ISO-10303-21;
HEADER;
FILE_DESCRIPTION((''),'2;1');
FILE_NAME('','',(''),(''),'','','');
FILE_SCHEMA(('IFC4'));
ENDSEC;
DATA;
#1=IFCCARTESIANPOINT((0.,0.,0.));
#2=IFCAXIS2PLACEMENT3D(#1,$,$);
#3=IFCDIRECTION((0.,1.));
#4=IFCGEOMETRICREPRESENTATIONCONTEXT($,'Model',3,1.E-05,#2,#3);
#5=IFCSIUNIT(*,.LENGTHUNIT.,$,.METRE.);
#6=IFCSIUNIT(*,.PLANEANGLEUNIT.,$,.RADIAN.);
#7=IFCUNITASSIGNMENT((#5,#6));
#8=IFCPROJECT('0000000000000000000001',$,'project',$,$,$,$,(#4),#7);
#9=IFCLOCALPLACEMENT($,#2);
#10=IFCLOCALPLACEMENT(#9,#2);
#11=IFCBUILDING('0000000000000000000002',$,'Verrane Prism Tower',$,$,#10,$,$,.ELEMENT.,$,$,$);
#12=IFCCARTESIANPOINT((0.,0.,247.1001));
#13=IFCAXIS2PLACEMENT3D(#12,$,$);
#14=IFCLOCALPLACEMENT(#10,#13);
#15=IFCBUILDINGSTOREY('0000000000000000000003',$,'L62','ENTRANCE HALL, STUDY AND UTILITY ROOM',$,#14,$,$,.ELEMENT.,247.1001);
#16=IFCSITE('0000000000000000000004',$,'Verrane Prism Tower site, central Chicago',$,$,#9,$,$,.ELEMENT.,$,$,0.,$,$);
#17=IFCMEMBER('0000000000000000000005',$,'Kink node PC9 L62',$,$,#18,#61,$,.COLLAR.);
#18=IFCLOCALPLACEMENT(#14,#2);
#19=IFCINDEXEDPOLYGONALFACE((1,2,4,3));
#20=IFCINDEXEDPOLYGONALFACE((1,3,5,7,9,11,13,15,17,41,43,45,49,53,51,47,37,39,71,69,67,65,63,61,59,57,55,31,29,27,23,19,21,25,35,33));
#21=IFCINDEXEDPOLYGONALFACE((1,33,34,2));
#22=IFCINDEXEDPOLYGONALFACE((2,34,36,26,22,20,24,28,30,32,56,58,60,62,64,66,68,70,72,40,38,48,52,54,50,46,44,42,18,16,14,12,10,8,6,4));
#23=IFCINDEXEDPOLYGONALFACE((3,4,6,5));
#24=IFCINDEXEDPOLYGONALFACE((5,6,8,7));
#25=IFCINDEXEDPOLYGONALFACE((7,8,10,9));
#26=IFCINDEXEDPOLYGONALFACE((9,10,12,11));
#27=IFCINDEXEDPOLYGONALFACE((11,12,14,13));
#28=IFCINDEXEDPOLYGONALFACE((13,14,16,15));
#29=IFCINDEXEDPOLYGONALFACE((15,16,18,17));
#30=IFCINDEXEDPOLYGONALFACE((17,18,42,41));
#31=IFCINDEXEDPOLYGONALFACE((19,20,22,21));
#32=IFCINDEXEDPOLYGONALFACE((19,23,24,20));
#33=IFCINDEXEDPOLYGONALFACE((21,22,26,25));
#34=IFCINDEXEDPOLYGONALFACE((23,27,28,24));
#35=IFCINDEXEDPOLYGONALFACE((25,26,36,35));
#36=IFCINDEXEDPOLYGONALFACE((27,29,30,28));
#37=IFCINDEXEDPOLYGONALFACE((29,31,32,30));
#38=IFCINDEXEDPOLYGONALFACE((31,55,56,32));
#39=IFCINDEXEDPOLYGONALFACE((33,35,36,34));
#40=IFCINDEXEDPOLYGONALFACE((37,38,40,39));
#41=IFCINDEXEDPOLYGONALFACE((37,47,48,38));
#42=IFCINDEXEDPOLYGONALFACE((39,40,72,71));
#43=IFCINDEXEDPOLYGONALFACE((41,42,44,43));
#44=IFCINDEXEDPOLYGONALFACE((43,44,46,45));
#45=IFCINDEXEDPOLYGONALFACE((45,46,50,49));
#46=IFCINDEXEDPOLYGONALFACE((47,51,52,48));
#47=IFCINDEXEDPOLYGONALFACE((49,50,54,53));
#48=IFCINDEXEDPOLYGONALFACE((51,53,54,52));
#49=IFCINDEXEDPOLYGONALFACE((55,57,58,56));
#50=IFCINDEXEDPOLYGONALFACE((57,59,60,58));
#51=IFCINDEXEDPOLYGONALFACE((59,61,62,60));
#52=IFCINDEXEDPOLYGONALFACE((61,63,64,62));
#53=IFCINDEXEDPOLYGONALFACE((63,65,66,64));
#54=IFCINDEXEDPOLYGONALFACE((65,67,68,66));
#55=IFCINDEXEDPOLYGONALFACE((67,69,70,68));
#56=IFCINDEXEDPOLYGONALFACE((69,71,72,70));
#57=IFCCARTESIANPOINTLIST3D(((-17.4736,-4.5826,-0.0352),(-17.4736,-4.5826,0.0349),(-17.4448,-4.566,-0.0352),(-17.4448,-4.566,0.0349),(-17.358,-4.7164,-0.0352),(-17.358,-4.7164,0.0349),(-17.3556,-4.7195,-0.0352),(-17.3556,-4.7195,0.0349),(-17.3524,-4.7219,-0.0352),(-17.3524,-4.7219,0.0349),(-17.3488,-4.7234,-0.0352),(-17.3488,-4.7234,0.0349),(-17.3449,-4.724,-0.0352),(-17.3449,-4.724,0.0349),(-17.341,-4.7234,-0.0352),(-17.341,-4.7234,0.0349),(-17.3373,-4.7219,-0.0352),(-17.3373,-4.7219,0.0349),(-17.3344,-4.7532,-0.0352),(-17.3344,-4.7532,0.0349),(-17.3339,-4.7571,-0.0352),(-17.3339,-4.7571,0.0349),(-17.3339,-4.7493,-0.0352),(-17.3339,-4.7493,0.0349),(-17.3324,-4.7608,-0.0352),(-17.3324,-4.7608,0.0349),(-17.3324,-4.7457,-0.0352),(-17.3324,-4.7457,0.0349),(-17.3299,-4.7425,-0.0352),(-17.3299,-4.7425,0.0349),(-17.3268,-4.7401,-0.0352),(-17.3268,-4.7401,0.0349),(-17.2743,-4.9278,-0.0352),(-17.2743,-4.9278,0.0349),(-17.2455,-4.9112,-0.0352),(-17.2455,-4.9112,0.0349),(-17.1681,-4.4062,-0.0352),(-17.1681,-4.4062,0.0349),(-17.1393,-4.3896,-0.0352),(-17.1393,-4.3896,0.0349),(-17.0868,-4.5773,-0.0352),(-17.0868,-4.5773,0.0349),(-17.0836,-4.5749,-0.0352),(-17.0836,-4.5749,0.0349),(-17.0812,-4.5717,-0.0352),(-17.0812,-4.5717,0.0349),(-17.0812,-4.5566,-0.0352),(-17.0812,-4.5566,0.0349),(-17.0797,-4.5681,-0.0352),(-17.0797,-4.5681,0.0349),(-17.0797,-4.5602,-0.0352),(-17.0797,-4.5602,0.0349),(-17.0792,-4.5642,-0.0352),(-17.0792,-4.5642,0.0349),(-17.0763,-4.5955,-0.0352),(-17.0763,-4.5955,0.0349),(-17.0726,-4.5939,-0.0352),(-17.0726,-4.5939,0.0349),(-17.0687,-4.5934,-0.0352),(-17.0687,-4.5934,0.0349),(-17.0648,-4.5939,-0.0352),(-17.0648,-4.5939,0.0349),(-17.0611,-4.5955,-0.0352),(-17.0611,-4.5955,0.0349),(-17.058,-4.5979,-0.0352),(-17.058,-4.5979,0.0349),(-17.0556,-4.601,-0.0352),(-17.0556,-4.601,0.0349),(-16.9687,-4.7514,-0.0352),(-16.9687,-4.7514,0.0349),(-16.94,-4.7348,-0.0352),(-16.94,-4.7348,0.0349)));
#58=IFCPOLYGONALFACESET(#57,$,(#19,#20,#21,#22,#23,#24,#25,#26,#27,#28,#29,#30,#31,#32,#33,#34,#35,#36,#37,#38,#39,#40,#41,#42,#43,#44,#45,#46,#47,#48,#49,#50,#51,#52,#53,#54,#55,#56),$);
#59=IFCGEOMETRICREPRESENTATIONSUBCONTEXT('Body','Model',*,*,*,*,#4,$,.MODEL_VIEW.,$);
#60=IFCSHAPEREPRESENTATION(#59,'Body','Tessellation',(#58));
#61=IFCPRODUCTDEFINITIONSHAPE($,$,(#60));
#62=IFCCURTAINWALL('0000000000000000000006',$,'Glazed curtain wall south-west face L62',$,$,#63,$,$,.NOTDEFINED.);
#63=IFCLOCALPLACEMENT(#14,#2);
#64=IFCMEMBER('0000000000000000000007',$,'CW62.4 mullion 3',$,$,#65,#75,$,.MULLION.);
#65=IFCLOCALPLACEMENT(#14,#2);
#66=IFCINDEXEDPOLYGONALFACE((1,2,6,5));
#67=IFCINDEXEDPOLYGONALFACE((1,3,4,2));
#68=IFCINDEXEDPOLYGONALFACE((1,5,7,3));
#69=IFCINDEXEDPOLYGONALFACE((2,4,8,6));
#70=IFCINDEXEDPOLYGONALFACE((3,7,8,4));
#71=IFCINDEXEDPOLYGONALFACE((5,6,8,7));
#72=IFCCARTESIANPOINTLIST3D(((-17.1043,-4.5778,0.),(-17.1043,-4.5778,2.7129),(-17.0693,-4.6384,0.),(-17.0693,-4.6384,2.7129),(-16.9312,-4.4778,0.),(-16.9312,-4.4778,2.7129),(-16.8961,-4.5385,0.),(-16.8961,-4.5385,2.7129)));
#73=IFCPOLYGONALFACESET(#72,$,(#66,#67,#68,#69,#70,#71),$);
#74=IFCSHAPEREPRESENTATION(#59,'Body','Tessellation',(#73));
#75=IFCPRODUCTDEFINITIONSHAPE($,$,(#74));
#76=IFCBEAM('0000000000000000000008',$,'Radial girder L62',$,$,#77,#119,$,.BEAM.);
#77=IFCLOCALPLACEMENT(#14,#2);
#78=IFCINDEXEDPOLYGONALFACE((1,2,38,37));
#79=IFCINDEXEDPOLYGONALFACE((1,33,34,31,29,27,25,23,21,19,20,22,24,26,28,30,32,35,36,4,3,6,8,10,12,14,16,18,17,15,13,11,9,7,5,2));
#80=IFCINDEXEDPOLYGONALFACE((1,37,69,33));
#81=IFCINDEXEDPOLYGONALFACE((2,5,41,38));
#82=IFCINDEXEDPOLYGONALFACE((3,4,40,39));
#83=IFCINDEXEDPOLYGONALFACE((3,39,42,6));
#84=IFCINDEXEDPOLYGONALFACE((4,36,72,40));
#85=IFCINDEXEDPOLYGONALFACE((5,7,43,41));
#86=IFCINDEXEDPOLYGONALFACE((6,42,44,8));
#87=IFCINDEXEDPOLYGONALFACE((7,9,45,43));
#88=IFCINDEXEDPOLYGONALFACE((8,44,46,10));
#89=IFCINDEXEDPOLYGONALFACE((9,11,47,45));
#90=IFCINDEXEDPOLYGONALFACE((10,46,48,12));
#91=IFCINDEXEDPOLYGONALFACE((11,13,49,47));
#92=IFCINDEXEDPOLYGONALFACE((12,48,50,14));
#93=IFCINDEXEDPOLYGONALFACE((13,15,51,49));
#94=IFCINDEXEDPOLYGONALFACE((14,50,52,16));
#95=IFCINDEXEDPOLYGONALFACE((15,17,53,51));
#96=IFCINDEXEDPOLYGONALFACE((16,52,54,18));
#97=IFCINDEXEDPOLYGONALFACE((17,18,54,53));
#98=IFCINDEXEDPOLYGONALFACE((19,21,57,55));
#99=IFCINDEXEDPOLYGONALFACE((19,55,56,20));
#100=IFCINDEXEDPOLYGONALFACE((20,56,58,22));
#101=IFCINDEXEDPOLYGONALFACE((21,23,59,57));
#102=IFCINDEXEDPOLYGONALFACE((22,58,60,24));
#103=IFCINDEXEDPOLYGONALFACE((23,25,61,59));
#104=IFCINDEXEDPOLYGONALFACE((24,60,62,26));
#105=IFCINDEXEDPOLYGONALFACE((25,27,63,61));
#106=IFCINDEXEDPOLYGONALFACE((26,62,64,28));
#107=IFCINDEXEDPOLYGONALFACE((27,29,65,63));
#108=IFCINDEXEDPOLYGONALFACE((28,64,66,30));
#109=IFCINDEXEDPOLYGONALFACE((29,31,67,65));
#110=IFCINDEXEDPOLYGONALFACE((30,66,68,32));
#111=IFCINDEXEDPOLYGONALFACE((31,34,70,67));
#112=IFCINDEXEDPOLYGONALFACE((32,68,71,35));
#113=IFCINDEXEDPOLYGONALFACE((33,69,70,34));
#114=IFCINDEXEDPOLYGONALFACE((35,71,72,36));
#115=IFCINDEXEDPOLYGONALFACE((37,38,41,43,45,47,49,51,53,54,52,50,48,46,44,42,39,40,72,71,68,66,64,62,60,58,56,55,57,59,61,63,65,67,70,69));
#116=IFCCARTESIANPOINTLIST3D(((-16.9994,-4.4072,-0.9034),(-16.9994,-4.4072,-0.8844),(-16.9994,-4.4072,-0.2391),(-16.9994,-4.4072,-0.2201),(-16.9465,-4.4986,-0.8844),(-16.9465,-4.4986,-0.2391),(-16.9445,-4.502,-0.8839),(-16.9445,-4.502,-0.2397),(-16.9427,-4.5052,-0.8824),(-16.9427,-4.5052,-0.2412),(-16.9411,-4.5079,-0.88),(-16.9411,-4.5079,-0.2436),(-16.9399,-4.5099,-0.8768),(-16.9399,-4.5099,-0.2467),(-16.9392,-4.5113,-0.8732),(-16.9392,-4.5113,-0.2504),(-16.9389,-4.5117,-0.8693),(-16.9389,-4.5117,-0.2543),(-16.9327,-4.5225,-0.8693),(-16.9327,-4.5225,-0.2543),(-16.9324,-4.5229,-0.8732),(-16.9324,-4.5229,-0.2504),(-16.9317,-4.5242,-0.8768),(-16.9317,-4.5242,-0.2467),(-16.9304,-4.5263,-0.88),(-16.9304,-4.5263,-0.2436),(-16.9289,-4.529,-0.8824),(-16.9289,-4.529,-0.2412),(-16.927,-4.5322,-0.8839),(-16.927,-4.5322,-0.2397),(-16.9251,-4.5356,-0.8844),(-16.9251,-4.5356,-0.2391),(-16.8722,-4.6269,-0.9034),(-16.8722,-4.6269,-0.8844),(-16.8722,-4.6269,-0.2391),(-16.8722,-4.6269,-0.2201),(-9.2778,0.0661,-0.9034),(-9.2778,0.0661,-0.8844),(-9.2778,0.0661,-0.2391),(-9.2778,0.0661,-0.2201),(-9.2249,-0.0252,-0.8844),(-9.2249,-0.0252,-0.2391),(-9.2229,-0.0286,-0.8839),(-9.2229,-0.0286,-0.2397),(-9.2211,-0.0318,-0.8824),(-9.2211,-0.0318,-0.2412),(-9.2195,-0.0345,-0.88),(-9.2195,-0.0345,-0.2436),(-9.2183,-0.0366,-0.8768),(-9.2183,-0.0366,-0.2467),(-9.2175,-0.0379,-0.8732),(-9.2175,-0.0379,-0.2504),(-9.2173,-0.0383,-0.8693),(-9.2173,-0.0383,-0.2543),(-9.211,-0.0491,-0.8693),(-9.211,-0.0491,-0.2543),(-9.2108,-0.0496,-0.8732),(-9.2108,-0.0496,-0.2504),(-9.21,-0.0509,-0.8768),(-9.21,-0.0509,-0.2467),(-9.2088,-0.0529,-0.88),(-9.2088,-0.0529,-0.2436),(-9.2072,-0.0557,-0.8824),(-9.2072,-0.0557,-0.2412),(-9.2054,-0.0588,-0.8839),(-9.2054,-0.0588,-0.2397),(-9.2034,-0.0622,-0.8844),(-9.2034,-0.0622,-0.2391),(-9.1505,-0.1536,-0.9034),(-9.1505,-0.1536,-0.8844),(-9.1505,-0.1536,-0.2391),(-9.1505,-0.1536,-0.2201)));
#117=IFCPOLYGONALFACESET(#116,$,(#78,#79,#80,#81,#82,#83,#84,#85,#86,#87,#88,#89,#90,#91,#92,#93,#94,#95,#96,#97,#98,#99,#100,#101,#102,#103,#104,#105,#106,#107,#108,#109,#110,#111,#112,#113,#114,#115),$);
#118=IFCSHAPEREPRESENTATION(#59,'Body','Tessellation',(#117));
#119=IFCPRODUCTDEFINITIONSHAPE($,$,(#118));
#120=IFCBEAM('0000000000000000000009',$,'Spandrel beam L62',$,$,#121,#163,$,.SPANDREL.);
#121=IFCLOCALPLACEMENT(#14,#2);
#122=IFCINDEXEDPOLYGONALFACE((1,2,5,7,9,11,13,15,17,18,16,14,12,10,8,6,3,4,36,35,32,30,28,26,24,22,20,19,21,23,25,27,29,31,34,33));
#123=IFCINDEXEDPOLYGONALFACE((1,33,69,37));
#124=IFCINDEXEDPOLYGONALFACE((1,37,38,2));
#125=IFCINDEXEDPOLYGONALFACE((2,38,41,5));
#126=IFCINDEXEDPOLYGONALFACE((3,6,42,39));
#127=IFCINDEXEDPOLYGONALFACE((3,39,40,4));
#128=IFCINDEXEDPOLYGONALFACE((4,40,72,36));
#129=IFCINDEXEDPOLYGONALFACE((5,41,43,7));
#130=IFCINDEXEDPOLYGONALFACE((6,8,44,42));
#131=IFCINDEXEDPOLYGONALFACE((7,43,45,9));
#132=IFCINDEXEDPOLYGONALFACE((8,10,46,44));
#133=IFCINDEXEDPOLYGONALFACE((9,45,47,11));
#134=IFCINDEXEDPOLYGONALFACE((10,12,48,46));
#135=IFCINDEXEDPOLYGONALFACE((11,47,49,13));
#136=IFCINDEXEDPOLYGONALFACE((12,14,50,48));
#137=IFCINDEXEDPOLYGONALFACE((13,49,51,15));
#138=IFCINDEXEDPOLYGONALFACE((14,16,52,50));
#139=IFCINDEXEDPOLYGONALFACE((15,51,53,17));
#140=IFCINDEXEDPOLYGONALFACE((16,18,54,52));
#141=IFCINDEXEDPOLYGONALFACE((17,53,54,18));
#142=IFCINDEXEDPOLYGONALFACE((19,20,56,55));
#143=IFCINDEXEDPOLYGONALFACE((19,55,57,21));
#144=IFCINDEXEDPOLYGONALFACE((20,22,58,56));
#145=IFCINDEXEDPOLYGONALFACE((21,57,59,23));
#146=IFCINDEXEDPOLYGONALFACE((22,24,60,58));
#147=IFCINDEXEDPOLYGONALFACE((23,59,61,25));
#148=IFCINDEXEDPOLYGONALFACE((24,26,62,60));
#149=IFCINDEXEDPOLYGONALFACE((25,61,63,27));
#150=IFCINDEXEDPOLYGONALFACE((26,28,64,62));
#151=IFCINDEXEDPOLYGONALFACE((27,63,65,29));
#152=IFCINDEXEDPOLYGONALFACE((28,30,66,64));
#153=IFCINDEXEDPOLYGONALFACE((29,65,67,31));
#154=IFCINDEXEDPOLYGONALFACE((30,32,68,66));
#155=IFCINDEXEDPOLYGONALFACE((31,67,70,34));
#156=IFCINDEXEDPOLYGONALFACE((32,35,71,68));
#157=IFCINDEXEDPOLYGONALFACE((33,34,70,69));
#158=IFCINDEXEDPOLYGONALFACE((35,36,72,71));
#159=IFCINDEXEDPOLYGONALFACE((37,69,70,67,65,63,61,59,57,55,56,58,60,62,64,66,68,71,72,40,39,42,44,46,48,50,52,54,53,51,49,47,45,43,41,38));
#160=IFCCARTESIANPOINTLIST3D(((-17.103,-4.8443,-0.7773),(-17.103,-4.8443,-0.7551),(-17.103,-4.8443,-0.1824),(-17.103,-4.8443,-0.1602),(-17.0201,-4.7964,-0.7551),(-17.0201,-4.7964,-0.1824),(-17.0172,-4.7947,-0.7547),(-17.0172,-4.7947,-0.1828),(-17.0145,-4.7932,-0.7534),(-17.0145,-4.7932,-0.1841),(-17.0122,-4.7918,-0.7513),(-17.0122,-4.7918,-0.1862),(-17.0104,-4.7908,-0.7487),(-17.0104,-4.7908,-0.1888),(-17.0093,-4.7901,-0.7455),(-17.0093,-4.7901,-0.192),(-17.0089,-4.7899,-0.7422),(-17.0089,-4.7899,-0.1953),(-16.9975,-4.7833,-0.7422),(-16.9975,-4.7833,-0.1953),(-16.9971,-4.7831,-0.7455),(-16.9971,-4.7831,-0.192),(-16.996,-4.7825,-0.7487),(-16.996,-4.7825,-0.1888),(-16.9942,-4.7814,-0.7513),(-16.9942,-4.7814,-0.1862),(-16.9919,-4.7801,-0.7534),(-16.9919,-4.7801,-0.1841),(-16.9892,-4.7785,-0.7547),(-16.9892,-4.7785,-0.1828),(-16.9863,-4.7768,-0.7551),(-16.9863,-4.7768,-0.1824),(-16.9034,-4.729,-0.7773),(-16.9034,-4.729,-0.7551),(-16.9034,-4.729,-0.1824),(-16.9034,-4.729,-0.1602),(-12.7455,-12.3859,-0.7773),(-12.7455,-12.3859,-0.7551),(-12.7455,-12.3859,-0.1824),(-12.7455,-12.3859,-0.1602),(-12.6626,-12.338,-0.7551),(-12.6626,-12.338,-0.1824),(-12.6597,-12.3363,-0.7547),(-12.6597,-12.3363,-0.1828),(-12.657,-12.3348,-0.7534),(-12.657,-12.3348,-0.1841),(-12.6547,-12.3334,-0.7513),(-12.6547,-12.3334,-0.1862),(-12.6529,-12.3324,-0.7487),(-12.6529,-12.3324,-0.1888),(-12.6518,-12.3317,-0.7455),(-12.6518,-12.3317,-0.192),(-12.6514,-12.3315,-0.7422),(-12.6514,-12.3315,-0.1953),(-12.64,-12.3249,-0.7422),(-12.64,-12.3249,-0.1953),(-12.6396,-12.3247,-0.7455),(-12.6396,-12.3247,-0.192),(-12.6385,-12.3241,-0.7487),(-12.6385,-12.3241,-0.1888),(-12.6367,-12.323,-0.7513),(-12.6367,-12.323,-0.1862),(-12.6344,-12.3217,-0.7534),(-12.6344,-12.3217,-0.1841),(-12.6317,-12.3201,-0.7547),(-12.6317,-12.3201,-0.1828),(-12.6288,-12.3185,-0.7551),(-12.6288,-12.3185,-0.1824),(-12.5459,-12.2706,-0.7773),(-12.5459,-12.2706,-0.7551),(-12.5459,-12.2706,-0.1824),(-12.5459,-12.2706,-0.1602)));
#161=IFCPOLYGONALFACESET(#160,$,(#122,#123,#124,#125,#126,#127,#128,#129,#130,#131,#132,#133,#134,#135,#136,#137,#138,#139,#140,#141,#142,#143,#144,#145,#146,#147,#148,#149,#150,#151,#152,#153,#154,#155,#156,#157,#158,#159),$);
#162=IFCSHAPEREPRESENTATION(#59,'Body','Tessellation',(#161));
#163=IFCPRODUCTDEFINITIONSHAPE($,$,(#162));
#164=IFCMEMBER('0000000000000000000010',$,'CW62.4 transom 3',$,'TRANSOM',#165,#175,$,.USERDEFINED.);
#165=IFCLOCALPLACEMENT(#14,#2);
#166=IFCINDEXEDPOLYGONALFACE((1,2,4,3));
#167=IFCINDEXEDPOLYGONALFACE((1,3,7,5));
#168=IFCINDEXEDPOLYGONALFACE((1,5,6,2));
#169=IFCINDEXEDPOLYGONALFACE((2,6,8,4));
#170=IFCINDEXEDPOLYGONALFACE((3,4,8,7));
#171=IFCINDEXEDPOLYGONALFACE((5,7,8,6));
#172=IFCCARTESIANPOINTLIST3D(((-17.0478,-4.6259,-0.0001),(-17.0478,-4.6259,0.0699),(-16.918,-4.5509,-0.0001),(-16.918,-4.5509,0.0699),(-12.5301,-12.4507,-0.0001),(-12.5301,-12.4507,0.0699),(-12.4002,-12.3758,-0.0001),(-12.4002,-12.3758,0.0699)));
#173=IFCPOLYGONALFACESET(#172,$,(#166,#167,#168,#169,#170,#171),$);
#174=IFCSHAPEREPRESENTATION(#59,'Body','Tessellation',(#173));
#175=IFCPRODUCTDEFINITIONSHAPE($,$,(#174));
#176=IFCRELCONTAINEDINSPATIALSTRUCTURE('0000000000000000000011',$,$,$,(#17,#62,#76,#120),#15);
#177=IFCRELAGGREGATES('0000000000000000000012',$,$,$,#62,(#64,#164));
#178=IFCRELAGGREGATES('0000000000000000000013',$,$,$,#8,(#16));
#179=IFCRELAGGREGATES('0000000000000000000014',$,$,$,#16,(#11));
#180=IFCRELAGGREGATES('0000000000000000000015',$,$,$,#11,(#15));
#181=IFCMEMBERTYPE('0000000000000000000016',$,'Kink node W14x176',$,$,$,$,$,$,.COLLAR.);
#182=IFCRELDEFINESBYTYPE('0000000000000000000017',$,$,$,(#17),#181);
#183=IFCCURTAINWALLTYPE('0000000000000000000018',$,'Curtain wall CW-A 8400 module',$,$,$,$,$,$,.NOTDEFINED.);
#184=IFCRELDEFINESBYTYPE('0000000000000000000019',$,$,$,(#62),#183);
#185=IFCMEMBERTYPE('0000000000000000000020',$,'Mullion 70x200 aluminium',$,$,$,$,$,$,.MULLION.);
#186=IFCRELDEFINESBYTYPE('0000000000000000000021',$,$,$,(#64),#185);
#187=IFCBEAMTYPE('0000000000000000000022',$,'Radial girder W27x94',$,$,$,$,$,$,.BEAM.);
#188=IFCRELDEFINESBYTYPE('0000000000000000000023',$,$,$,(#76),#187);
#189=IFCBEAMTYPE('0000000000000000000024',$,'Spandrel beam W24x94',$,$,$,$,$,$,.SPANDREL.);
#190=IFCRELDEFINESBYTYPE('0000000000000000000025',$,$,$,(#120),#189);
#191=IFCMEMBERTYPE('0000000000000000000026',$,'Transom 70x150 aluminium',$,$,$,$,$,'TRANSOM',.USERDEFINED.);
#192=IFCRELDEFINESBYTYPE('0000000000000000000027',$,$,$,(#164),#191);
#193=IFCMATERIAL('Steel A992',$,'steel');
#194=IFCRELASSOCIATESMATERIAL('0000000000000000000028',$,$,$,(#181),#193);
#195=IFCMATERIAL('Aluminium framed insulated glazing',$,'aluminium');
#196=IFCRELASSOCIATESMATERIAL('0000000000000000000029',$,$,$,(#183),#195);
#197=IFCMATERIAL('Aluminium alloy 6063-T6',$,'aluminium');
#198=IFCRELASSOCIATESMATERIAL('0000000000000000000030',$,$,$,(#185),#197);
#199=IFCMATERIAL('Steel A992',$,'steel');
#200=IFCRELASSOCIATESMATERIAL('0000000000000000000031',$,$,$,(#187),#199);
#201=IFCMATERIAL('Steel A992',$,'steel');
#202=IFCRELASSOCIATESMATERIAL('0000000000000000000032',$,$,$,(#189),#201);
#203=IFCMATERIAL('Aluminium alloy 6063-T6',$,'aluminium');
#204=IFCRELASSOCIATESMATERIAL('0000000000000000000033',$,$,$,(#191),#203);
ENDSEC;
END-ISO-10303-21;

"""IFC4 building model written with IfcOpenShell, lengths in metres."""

from ifc_helpers import new_model, si_unit, direction, frame, origin, origin_2d, place, context, subcontext, project, spatial, rectangle, i_section, extrude, material, material_profile, profile_set, type_object, element, aggregate, save


model = new_model("IFC4")

# Units and contexts
model_context = context("Model", 3, precision=1e-05, world=origin(), true_north=direction((0.0, 1.0)))
body_context = subcontext(model_context, "Body", "Model", "MODEL_VIEW")
ifc_project = project(units=[si_unit("LENGTHUNIT", "METRE"), si_unit("PLANEANGLEUNIT", "RADIAN")], contexts=[model_context])

# Site, building, storey
site_placement = place(None, origin())
site = spatial("IfcSite", under=ifc_project, at=site_placement, Name="Verrane Prism Tower site, central Chicago", CompositionType="ELEMENT", RefElevation=0.0)
building_placement = place(site_placement, origin())
building = spatial("IfcBuilding", under=site, at=building_placement, Name="Verrane Prism Tower", CompositionType="ELEMENT")
storey_placement = place(building_placement, frame((0.0, 0.0, 247.1001)))
storey = spatial("IfcBuildingStorey", under=building, at=storey_placement, Name="L62", Description="ENTRANCE HALL, STUDY AND UTILITY ROOM", CompositionType="ELEMENT", Elevation=247.1001)

# Member
ifc_material_1 = material(Name="Steel A992", Category="steel")
ifc_material_profile_1 = material_profile(ifc_material_1, i_section(OverallWidth=0.3987, OverallDepth=0.386, WebThickness=0.021, FlangeThickness=0.0332, FilletRadius=0.0151, at=origin_2d()), Name="W14x176")
ifc_profile_set_1 = profile_set([ifc_material_profile_1], Name="Steel A992")
member_type_1 = type_object("IfcMemberType", Name="Kink node W14x176", PredefinedType="COLLAR", material=ifc_profile_set_1)
member_1_placement = place(storey_placement, frame((-17.2068, -4.6587, -0.0352), z_axis=(0.0, 0.0, 1.0), x_axis=(-0.5, 0.866025, 0.0)))
element("IfcMember", 1, at=member_1_placement, inside=storey, type_object=member_type_1, Name="Kink node PC9 L62", PredefinedType="COLLAR", context=body_context, shape_type="SweptSolid", body=[
    extrude(i_section(OverallWidth=0.3987, OverallDepth=0.386, WebThickness=0.021, FlangeThickness=0.0332, FilletRadius=0.0151, at=origin_2d()), origin(), (0.0, 0.0, 1.0), 0.0701),
])

# Curtain wall, member
ifc_material_2 = material(Name="Aluminium framed insulated glazing", Category="aluminium")
curtain_wall_type = type_object("IfcCurtainWallType", Name="Curtain wall CW-A 8400 module", PredefinedType="NOTDEFINED", material=ifc_material_2)
curtain_wall_placement = place(storey_placement, origin())
curtain_wall = element("IfcCurtainWall", 2, at=curtain_wall_placement, inside=storey, type_object=curtain_wall_type, Name="Glazed curtain wall south-west face L62", PredefinedType="NOTDEFINED")
ifc_material_3 = material(Name="Aluminium alloy 6063-T6", Category="aluminium")
ifc_material_profile_2 = material_profile(ifc_material_3, rectangle(XDim=0.2, YDim=0.0701, at=origin_2d()), Name="Mullion 70x200 aluminium")
ifc_profile_set_2 = profile_set([ifc_material_profile_2], Name="Aluminium alloy 6063-T6")
member_type_2 = type_object("IfcMemberType", Name="Mullion 70x200 aluminium", PredefinedType="MULLION", material=ifc_profile_set_2)
member_2_placement = place(storey_placement, frame((-17.0002, -4.5581, 0.0), z_axis=(0.0, 0.0, 1.0), x_axis=(0.866026, 0.5, 0.0)))
member_2 = element("IfcMember", 3, at=member_2_placement, type_object=member_type_2, Name="CW62.4 mullion 3", PredefinedType="MULLION", context=body_context, shape_type="SweptSolid", body=[
    extrude(rectangle(XDim=0.2, YDim=0.0701, at=origin_2d()), origin(), (0.0, 0.0, 1.0), 2.7129),
])

# Beams
ifc_material_4 = material(Name="Steel A992", Category="steel")
ifc_material_profile_3 = material_profile(ifc_material_4, i_section(OverallWidth=0.2539, OverallDepth=0.6833, WebThickness=0.0125, FlangeThickness=0.019, FilletRadius=0.0151, at=origin_2d()), Name="W27x94")
ifc_profile_set_3 = profile_set([ifc_material_profile_3], Name="Steel A992")
beam_type_1 = type_object("IfcBeamType", Name="Radial girder W27x94", PredefinedType="BEAM", material=ifc_profile_set_3)
beam_1_placement = place(storey_placement, frame((-16.9358, -4.5171, -0.5618), z_axis=(0.865283, 0.501283, 0.0), x_axis=(-0.501283, 0.865283, 0.0)))
element("IfcBeam", 4, at=beam_1_placement, inside=storey, type_object=beam_type_1, Name="Radial girder L62", PredefinedType="BEAM", context=body_context, shape_type="SweptSolid", body=[
    extrude(i_section(OverallWidth=0.2539, OverallDepth=0.6833, WebThickness=0.0125, FlangeThickness=0.019, FilletRadius=0.0151, at=origin_2d()), origin(), (0.0, 0.0, 1.0), 8.9238),
])
ifc_material_5 = material(Name="Steel A992", Category="steel")
ifc_material_profile_4 = material_profile(ifc_material_5, i_section(OverallWidth=0.2305, OverallDepth=0.6172, WebThickness=0.0132, FlangeThickness=0.0222, FilletRadius=0.0129, at=origin_2d()), Name="W24x94")
ifc_profile_set_4 = profile_set([ifc_material_profile_4], Name="Steel A992")
beam_type_2 = type_object("IfcBeamType", Name="Spandrel beam W24x94", PredefinedType="SPANDREL", material=ifc_profile_set_4)
beam_2_placement = place(storey_placement, frame((-17.0032, -4.7866, -0.4688), z_axis=(0.500287, -0.86586, 0.0), x_axis=(0.86586, 0.500287, 0.0)))
element("IfcBeam", 5, at=beam_2_placement, inside=storey, type_object=beam_type_2, Name="Spandrel beam L62", PredefinedType="SPANDREL", context=body_context, shape_type="SweptSolid", body=[
    extrude(i_section(OverallWidth=0.2305, OverallDepth=0.6172, WebThickness=0.0132, FlangeThickness=0.0222, FilletRadius=0.0129, at=origin_2d()), origin(), (0.0, 0.0, 1.0), 8.71),
])

# Member
ifc_material_6 = material(Name="Aluminium alloy 6063-T6", Category="aluminium")
ifc_material_profile_5 = material_profile(ifc_material_6, rectangle(XDim=0.1499, YDim=0.0701, at=origin_2d()), Name="Transom 70x150 aluminium")
ifc_profile_set_5 = profile_set([ifc_material_profile_5], Name="Aluminium alloy 6063-T6")
member_type_3 = type_object("IfcMemberType", Name="Transom 70x150 aluminium", ElementType="TRANSOM", PredefinedType="USERDEFINED", material=ifc_profile_set_5)
member_3_placement = place(storey_placement, frame((-16.9829, -4.5884, 0.0349), z_axis=(0.500007, -0.866021, 0.0), x_axis=(0.866021, 0.500007, 0.0)))
member_3 = element("IfcMember", 6, at=member_3_placement, type_object=member_type_3, Name="CW62.4 transom 3", ObjectType="TRANSOM", PredefinedType="USERDEFINED", context=body_context, shape_type="SweptSolid", body=[
    extrude(rectangle(XDim=0.1499, YDim=0.0701, at=origin_2d()), origin(), (0.0, 0.0, 1.0), 9.0354),
])

aggregate(curtain_wall, [member_2, member_3])

save(model, "model.ifc")
